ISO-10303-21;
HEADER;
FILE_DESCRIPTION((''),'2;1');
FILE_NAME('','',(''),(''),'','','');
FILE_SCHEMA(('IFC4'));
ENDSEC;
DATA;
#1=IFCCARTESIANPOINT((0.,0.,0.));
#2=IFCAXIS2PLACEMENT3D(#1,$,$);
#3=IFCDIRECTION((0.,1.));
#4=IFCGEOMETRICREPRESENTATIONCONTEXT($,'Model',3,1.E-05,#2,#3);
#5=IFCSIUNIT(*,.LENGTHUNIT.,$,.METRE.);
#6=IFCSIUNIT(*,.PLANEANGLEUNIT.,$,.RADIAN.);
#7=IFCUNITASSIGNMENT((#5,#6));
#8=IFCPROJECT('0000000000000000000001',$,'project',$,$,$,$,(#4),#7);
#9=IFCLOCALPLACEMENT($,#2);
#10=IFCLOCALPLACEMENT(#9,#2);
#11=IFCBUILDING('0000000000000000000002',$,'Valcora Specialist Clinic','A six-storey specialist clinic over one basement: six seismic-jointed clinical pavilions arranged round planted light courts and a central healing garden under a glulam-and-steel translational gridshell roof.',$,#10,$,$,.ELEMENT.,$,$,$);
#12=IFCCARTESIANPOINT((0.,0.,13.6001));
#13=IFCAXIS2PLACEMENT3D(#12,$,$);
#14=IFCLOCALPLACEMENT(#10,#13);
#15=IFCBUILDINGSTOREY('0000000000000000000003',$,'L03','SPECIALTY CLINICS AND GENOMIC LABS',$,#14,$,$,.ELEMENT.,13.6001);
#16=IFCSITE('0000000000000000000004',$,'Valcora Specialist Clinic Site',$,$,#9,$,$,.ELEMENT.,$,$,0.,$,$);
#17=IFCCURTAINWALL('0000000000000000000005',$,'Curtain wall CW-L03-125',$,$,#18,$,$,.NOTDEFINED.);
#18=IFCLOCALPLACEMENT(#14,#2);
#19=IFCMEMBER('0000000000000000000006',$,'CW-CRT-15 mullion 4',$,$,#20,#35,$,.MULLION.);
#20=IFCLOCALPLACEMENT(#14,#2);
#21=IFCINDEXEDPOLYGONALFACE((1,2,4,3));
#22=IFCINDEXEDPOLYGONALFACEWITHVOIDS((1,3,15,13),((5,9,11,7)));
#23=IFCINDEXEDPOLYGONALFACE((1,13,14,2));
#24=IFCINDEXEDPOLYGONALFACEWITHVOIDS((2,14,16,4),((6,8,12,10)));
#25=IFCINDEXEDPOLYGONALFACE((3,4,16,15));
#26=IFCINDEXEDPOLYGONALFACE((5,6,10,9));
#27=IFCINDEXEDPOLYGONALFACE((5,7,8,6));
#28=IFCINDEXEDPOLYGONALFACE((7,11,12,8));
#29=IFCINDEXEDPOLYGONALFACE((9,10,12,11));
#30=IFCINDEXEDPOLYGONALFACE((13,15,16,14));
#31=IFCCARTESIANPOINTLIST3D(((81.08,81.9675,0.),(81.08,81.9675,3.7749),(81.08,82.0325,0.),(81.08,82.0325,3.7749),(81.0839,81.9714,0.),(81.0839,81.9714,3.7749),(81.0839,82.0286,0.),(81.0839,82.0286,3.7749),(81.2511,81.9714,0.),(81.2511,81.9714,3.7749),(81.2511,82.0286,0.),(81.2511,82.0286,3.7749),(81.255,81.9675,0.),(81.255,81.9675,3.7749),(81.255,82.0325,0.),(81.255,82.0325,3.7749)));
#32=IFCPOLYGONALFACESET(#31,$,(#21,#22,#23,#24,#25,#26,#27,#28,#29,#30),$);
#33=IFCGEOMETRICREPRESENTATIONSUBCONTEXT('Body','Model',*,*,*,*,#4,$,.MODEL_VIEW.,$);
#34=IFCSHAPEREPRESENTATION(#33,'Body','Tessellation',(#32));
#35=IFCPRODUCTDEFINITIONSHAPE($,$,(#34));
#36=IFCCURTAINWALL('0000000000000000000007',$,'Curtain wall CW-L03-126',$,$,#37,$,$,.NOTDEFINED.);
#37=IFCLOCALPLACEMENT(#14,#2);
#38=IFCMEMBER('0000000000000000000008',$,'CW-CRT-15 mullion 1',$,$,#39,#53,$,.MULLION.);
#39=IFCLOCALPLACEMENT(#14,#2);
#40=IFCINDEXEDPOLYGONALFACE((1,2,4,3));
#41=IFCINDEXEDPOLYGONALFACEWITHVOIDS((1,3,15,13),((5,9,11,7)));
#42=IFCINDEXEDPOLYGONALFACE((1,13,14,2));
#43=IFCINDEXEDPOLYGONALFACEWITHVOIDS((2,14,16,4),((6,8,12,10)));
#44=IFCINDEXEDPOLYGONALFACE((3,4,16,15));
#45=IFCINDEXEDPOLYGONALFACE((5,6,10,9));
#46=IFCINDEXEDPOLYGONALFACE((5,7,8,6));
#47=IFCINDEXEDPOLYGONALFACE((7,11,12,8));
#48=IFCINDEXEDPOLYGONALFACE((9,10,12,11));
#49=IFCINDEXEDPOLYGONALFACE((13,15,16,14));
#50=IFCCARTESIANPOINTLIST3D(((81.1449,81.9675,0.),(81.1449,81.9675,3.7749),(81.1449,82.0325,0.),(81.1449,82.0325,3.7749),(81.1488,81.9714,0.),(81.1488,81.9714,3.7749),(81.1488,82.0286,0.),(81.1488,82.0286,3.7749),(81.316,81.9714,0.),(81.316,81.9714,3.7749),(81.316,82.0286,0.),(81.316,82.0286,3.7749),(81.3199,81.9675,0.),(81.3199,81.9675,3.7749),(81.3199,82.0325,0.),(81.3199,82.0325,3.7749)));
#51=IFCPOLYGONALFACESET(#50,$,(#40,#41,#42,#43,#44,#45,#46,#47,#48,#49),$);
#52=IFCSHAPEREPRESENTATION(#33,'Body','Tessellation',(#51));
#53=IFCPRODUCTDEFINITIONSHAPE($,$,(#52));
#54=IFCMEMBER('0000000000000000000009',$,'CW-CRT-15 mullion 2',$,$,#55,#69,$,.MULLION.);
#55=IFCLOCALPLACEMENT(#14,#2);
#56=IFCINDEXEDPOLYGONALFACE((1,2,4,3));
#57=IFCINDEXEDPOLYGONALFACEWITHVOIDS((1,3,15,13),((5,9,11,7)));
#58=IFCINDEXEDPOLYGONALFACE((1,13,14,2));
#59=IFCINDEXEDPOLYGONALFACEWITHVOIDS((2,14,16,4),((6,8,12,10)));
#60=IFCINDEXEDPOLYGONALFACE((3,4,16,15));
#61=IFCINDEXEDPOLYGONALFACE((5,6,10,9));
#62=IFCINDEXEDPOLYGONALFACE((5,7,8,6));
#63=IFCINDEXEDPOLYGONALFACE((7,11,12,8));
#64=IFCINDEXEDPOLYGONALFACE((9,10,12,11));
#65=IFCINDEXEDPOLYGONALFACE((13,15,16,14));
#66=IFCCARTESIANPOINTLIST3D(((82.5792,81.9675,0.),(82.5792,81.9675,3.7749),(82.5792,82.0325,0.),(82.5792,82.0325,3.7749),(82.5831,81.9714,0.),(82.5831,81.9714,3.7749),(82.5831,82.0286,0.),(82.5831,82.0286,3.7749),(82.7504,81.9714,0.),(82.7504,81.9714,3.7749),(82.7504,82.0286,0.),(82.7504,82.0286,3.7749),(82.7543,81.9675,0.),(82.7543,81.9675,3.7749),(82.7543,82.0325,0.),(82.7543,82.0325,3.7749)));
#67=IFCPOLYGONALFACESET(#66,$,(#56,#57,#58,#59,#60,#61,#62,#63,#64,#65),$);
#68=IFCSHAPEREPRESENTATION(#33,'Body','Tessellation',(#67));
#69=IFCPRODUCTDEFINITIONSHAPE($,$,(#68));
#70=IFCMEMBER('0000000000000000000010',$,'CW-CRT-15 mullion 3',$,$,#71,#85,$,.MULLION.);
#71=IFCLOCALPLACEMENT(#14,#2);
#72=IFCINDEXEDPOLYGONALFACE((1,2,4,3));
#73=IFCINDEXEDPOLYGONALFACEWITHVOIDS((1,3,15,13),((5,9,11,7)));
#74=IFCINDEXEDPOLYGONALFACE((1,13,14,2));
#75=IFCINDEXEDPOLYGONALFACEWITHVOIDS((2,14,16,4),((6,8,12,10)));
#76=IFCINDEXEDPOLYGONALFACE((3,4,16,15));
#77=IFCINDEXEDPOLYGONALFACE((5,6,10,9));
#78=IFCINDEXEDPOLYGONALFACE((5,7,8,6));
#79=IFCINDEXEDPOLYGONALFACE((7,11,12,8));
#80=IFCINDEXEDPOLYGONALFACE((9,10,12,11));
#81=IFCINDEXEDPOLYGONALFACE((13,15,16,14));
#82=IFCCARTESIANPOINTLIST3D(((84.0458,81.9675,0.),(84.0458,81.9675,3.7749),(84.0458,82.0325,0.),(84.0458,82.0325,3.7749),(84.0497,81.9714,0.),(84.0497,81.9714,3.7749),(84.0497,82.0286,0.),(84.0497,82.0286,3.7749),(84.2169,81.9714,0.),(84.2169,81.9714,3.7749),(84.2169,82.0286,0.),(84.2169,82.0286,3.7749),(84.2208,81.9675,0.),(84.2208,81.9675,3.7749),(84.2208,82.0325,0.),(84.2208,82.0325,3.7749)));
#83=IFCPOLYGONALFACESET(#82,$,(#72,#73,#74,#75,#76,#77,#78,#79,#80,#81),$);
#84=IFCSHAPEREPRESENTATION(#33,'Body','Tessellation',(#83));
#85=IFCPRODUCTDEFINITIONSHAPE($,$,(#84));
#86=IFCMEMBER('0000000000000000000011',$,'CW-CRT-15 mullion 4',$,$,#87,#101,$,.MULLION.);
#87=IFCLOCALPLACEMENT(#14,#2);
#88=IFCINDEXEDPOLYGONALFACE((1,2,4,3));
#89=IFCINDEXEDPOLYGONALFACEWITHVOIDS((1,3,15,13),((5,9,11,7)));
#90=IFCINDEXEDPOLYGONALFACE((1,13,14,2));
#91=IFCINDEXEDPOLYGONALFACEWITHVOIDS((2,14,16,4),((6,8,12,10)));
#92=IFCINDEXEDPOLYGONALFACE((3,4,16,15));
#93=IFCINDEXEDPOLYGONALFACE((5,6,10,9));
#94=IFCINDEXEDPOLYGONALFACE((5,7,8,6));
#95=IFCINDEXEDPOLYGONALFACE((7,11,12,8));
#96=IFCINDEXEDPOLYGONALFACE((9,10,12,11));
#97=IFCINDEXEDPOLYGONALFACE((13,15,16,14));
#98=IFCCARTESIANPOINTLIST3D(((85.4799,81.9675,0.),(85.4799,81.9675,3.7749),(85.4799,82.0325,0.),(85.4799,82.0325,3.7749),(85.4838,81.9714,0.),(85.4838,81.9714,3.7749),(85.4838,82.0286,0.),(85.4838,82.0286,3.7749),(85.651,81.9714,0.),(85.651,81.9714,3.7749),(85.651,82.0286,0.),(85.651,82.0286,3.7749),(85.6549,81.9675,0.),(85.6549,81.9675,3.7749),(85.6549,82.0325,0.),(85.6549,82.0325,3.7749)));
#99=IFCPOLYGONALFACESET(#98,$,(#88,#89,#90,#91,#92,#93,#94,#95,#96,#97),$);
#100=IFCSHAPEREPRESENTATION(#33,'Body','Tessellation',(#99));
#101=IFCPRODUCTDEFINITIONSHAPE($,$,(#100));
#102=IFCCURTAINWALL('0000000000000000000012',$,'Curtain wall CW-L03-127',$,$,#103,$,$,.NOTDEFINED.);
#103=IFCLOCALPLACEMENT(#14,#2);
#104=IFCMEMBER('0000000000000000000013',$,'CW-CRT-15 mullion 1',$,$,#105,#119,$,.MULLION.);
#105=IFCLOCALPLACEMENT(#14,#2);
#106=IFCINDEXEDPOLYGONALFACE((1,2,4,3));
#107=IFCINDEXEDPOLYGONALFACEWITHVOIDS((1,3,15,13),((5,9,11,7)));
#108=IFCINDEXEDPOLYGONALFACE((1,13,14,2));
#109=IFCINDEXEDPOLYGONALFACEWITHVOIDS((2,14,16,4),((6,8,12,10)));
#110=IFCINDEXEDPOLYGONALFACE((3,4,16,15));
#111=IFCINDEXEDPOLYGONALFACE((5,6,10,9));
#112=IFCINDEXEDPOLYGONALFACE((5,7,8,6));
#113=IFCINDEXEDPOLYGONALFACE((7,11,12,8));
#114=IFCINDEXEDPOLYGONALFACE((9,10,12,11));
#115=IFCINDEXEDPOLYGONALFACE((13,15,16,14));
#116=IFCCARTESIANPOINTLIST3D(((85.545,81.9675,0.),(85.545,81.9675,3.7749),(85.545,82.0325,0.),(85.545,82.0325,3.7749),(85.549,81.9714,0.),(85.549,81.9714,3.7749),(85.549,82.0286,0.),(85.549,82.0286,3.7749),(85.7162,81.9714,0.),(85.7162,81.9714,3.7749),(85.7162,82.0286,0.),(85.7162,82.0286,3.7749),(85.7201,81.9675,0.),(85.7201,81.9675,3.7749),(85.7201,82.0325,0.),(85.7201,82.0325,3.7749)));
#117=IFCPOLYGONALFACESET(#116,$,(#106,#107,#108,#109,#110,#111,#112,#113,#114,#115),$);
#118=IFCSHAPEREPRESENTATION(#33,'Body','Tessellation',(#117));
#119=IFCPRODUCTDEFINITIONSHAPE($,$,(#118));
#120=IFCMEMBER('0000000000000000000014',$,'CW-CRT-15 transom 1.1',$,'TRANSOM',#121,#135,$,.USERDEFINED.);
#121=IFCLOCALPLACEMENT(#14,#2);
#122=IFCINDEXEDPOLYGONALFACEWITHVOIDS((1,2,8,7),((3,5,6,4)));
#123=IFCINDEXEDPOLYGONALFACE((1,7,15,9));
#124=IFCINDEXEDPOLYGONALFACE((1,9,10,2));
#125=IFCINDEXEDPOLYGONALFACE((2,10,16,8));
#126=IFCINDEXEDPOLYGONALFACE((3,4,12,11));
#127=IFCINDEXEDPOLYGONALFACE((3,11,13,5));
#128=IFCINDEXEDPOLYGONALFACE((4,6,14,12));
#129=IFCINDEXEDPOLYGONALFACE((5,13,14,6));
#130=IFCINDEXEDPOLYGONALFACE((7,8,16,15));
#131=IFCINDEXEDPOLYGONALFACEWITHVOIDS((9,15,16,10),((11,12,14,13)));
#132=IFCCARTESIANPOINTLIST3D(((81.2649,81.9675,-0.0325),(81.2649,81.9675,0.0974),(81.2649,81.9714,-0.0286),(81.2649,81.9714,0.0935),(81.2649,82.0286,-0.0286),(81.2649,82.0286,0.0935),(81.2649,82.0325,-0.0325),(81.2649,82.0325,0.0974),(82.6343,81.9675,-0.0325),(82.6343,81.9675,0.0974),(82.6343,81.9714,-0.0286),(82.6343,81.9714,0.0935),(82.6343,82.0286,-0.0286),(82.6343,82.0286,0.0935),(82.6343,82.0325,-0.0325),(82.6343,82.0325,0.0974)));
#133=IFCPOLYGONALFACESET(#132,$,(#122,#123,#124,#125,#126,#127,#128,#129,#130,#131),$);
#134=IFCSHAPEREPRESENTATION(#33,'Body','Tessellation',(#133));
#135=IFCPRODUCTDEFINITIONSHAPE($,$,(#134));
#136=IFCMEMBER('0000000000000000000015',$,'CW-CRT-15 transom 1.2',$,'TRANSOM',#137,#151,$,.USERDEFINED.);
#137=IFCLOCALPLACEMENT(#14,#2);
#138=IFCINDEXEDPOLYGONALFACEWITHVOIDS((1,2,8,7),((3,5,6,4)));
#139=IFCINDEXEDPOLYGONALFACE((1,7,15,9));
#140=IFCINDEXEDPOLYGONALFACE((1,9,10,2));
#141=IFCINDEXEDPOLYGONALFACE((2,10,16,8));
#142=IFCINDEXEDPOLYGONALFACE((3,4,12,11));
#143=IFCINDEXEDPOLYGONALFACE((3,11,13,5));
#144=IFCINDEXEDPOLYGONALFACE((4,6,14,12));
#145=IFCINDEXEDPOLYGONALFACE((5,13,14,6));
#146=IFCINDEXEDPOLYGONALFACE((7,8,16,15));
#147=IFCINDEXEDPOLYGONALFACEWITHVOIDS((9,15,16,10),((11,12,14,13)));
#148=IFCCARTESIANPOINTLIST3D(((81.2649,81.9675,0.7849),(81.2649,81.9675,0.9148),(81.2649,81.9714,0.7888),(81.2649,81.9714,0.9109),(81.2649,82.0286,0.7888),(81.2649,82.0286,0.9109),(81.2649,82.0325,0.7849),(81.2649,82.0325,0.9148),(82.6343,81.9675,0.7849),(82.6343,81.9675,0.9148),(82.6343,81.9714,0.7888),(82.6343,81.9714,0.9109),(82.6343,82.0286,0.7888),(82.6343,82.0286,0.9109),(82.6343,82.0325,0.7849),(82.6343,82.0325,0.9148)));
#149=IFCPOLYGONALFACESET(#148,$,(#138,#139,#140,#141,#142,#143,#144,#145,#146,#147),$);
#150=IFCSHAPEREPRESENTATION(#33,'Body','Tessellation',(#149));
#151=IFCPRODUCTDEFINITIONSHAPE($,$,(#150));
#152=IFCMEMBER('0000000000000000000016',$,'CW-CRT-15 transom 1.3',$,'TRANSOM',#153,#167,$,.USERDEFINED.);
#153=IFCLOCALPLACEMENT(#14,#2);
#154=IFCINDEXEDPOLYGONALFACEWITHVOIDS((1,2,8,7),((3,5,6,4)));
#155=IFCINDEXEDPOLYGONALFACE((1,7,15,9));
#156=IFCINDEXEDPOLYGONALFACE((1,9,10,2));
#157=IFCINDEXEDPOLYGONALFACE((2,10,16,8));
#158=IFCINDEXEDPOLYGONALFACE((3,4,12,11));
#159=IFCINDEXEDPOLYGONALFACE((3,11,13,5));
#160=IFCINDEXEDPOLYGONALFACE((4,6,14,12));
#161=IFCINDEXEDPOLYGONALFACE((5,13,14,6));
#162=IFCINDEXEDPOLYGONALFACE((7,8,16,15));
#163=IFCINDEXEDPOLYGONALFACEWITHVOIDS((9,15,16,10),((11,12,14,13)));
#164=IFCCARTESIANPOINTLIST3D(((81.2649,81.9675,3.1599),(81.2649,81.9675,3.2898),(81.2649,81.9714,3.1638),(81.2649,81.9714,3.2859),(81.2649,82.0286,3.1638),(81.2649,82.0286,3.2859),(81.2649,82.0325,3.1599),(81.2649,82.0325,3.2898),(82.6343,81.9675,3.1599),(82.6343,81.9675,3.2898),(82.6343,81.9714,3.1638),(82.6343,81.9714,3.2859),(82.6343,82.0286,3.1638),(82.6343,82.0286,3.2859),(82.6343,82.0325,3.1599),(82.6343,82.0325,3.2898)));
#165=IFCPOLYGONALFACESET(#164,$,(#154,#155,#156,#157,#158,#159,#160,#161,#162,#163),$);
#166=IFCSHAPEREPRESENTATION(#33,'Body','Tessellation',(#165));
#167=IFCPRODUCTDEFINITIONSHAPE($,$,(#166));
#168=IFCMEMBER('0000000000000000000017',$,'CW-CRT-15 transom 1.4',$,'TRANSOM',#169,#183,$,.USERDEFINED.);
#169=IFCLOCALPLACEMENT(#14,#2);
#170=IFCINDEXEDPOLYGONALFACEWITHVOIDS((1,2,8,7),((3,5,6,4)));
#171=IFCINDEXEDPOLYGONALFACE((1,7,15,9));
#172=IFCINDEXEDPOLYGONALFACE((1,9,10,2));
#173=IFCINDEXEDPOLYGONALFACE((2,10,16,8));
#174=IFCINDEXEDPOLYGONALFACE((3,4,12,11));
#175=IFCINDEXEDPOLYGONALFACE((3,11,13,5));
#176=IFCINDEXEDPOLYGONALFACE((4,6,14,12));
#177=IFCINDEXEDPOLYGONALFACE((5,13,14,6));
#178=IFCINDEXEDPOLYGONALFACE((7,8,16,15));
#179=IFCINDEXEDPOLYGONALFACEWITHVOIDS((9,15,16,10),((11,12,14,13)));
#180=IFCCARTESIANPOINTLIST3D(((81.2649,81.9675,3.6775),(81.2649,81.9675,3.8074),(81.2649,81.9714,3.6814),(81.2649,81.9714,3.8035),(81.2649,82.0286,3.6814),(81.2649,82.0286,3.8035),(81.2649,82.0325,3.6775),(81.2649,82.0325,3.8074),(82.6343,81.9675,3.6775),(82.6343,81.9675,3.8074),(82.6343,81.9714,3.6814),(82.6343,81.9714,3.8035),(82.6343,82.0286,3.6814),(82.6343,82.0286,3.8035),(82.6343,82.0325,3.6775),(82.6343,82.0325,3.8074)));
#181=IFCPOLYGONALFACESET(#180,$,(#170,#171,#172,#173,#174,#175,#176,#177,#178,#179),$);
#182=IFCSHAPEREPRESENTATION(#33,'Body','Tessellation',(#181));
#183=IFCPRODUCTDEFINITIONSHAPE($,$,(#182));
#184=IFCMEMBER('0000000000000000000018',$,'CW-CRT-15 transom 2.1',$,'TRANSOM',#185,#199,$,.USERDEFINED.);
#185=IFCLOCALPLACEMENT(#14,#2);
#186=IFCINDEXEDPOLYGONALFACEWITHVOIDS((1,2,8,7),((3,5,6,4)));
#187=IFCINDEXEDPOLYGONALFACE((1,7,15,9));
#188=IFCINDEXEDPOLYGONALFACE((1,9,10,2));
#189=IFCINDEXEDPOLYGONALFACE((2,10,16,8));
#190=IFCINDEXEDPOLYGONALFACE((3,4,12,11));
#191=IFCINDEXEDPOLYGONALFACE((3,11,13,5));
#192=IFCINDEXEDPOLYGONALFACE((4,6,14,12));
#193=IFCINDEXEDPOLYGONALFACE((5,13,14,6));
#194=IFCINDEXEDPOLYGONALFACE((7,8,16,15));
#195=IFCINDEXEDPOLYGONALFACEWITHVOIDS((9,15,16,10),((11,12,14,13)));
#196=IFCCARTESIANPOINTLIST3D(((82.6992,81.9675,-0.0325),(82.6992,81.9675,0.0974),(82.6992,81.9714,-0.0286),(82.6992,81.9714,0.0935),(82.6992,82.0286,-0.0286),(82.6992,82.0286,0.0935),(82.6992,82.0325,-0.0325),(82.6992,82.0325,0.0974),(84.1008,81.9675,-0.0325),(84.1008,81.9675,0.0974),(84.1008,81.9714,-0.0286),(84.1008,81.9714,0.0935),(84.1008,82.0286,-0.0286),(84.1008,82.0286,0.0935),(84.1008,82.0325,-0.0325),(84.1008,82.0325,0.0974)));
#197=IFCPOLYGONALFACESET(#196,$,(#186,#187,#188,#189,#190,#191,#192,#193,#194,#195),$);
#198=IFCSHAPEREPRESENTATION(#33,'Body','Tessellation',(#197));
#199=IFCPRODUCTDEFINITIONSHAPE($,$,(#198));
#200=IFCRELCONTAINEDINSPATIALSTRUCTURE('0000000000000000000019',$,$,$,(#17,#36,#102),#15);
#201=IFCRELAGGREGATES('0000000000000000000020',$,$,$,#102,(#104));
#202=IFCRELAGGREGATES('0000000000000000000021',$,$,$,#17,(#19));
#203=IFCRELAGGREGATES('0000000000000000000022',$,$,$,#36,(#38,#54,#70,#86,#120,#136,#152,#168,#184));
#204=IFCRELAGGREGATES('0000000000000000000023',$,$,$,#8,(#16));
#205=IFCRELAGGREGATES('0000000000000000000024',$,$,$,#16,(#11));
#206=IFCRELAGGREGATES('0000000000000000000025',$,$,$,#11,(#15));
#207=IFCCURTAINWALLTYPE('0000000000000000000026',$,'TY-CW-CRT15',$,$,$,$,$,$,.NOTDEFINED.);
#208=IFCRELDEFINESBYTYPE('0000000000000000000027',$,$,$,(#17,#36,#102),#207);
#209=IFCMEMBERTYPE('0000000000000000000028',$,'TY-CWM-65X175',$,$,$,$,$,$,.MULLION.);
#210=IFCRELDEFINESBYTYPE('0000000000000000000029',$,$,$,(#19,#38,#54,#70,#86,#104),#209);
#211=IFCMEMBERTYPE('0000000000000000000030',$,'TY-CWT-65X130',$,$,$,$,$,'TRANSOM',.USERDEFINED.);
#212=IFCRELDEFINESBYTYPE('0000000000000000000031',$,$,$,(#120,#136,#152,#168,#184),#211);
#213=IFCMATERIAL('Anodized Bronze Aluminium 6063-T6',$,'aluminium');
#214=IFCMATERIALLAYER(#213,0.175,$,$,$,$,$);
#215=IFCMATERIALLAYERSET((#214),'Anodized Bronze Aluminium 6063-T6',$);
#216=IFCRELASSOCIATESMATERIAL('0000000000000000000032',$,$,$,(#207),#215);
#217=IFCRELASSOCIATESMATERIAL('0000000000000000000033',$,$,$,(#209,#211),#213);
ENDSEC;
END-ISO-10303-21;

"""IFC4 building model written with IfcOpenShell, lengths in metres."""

from ifc_helpers import new_model, si_unit, direction, frame, origin, origin_2d, place, context, subcontext, project, spatial, hollow_rectangle, extrude, material, layer, layer_set, material_profile, profile_set, type_object, element, aggregate, save


model = new_model("IFC4")

# Units and contexts
model_context = context("Model", 3, precision=1e-05, world=origin(), true_north=direction((0.0, 1.0)))
body_context = subcontext(model_context, "Body", "Model", "MODEL_VIEW")
ifc_project = project(units=[si_unit("LENGTHUNIT", "METRE"), si_unit("PLANEANGLEUNIT", "RADIAN")], contexts=[model_context])

# Site, building, storey
site_placement = place(None, origin())
site = spatial("IfcSite", under=ifc_project, at=site_placement, Name="Valcora Specialist Clinic Site", CompositionType="ELEMENT", RefElevation=0.0)
building_placement = place(site_placement, origin())
building = spatial("IfcBuilding", under=site, at=building_placement, Name="Valcora Specialist Clinic", Description="A six-storey specialist clinic over one basement: six seismic-jointed clinical pavilions arranged round planted light courts and a central healing garden under a glulam-and-steel translational gridshell roof.", CompositionType="ELEMENT")
storey_placement = place(building_placement, frame((0.0, 0.0, 13.6001)))
storey = spatial("IfcBuildingStorey", under=building, at=storey_placement, Name="L03", Description="SPECIALTY CLINICS AND GENOMIC LABS", CompositionType="ELEMENT", Elevation=13.6001)

# Curtain wall, member
ifc_material_1 = material(Name="Anodized Bronze Aluminium 6063-T6", Category="aluminium")
ifc_layer_1 = layer(ifc_material_1, 0.175)
ifc_layer_set_1 = layer_set([ifc_layer_1], Name="Anodized Bronze Aluminium 6063-T6")
curtain_wall_type = type_object("IfcCurtainWallType", Name="TY-CW-CRT15", PredefinedType="NOTDEFINED", material=ifc_layer_set_1)
curtain_wall_1_placement = place(storey_placement, origin())
curtain_wall_1 = element("IfcCurtainWall", 1, at=curtain_wall_1_placement, inside=storey, type_object=curtain_wall_type, Name="Curtain wall CW-L03-125", PredefinedType="NOTDEFINED")
ifc_material_profile_1 = material_profile(ifc_material_1, hollow_rectangle(XDim=0.0649, YDim=0.175, WallThickness=0.0039, at=origin_2d()), Name="AL-MUL-65X175")
ifc_profile_set_1 = profile_set([ifc_material_profile_1], Name="Anodized Bronze Aluminium 6063-T6")
member_type_1 = type_object("IfcMemberType", Name="TY-CWM-65X175", PredefinedType="MULLION", material=ifc_profile_set_1)
member_1_placement = place(storey_placement, frame((81.1675, 82.0, 0.0), z_axis=(0.0, 0.0, 1.0), x_axis=(0.0, 1.0, 0.0)))
member_1 = element("IfcMember", 2, at=member_1_placement, type_object=member_type_1, Name="CW-CRT-15 mullion 4", PredefinedType="MULLION", context=body_context, shape_type="SweptSolid", body=[
    extrude(hollow_rectangle(XDim=0.0649, YDim=0.175, WallThickness=0.0039, at=origin_2d()), origin(), (0.0, 0.0, 1.0), 3.7749),
])

# Curtain wall, members
curtain_wall_2_placement = place(storey_placement, origin())
curtain_wall_2 = element("IfcCurtainWall", 3, at=curtain_wall_2_placement, inside=storey, type_object=curtain_wall_type, Name="Curtain wall CW-L03-126", PredefinedType="NOTDEFINED")
member_2_placement = place(storey_placement, frame((81.2324, 82.0, 0.0), z_axis=(0.0, 0.0, 1.0), x_axis=(0.0, 1.0, 0.0)))
member_2 = element("IfcMember", 4, at=member_2_placement, type_object=member_type_1, Name="CW-CRT-15 mullion 1", PredefinedType="MULLION", context=body_context, shape_type="SweptSolid", body=[
    extrude(hollow_rectangle(XDim=0.0649, YDim=0.175, WallThickness=0.0039, at=origin_2d()), origin(), (0.0, 0.0, 1.0), 3.7749),
])
member_3_placement = place(storey_placement, frame((82.6667, 82.0, 0.0), z_axis=(0.0, 0.0, 1.0), x_axis=(0.0, 1.0, 0.0)))
member_3 = element("IfcMember", 5, at=member_3_placement, type_object=member_type_1, Name="CW-CRT-15 mullion 2", PredefinedType="MULLION", context=body_context, shape_type="SweptSolid", body=[
    extrude(hollow_rectangle(XDim=0.0649, YDim=0.175, WallThickness=0.0039, at=origin_2d()), origin(), (0.0, 0.0, 1.0), 3.7749),
])
member_4_placement = place(storey_placement, frame((84.1333, 82.0, 0.0), z_axis=(0.0, 0.0, 1.0), x_axis=(0.0, 1.0, 0.0)))
member_4 = element("IfcMember", 6, at=member_4_placement, type_object=member_type_1, Name="CW-CRT-15 mullion 3", PredefinedType="MULLION", context=body_context, shape_type="SweptSolid", body=[
    extrude(hollow_rectangle(XDim=0.0649, YDim=0.175, WallThickness=0.0039, at=origin_2d()), origin(), (0.0, 0.0, 1.0), 3.7749),
])
member_5_placement = place(storey_placement, frame((85.5674, 82.0, 0.0), z_axis=(0.0, 0.0, 1.0), x_axis=(0.0, 1.0, 0.0)))
member_5 = element("IfcMember", 7, at=member_5_placement, type_object=member_type_1, Name="CW-CRT-15 mullion 4", PredefinedType="MULLION", context=body_context, shape_type="SweptSolid", body=[
    extrude(hollow_rectangle(XDim=0.0649, YDim=0.175, WallThickness=0.0039, at=origin_2d()), origin(), (0.0, 0.0, 1.0), 3.7749),
])

# Curtain wall, member
curtain_wall_3_placement = place(storey_placement, origin())
curtain_wall_3 = element("IfcCurtainWall", 8, at=curtain_wall_3_placement, inside=storey, type_object=curtain_wall_type, Name="Curtain wall CW-L03-127", PredefinedType="NOTDEFINED")
member_6_placement = place(storey_placement, frame((85.6326, 82.0, 0.0), z_axis=(0.0, 0.0, 1.0), x_axis=(0.0, 1.0, 0.0)))
member_6 = element("IfcMember", 9, at=member_6_placement, type_object=member_type_1, Name="CW-CRT-15 mullion 1", PredefinedType="MULLION", context=body_context, shape_type="SweptSolid", body=[
    extrude(hollow_rectangle(XDim=0.0649, YDim=0.175, WallThickness=0.0039, at=origin_2d()), origin(), (0.0, 0.0, 1.0), 3.7749),
])
aggregate(curtain_wall_3, [member_6])

# Members
ifc_material_profile_2 = material_profile(ifc_material_1, hollow_rectangle(XDim=0.0649, YDim=0.1299, WallThickness=0.0039, at=origin_2d()), Name="AL-TRN-65X130")
ifc_profile_set_2 = profile_set([ifc_material_profile_2], Name="Anodized Bronze Aluminium 6063-T6")
member_type_2 = type_object("IfcMemberType", Name="TY-CWT-65X130", ElementType="TRANSOM", PredefinedType="USERDEFINED", material=ifc_profile_set_2)
member_7_placement = place(storey_placement, frame((81.2649, 82.0, 0.0325), z_axis=(1.0, 0.0, 0.0), x_axis=(0.0, 1.0, 0.0)))
member_7 = element("IfcMember", 10, at=member_7_placement, type_object=member_type_2, Name="CW-CRT-15 transom 1.1", ObjectType="TRANSOM", PredefinedType="USERDEFINED", context=body_context, shape_type="SweptSolid", body=[
    extrude(hollow_rectangle(XDim=0.0649, YDim=0.1299, WallThickness=0.0039, at=origin_2d()), origin(), (0.0, 0.0, 1.0), 1.3694),
])
member_8_placement = place(storey_placement, frame((81.2649, 82.0, 0.8499), z_axis=(1.0, 0.0, 0.0), x_axis=(0.0, 1.0, 0.0)))
member_8 = element("IfcMember", 11, at=member_8_placement, type_object=member_type_2, Name="CW-CRT-15 transom 1.2", ObjectType="TRANSOM", PredefinedType="USERDEFINED", context=body_context, shape_type="SweptSolid", body=[
    extrude(hollow_rectangle(XDim=0.0649, YDim=0.1299, WallThickness=0.0039, at=origin_2d()), origin(), (0.0, 0.0, 1.0), 1.3694),
])
member_9_placement = place(storey_placement, frame((81.2649, 82.0, 3.2249), z_axis=(1.0, 0.0, 0.0), x_axis=(0.0, 1.0, 0.0)))
member_9 = element("IfcMember", 12, at=member_9_placement, type_object=member_type_2, Name="CW-CRT-15 transom 1.3", ObjectType="TRANSOM", PredefinedType="USERDEFINED", context=body_context, shape_type="SweptSolid", body=[
    extrude(hollow_rectangle(XDim=0.0649, YDim=0.1299, WallThickness=0.0039, at=origin_2d()), origin(), (0.0, 0.0, 1.0), 1.3694),
])
member_10_placement = place(storey_placement, frame((81.2649, 82.0, 3.7424), z_axis=(1.0, 0.0, 0.0), x_axis=(0.0, 1.0, 0.0)))
member_10 = element("IfcMember", 13, at=member_10_placement, type_object=member_type_2, Name="CW-CRT-15 transom 1.4", ObjectType="TRANSOM", PredefinedType="USERDEFINED", context=body_context, shape_type="SweptSolid", body=[
    extrude(hollow_rectangle(XDim=0.0649, YDim=0.1299, WallThickness=0.0039, at=origin_2d()), origin(), (0.0, 0.0, 1.0), 1.3694),
])
member_11_placement = place(storey_placement, frame((82.6992, 82.0, 0.0325), z_axis=(1.0, 0.0, 0.0), x_axis=(0.0, 1.0, 0.0)))
member_11 = element("IfcMember", 14, at=member_11_placement, type_object=member_type_2, Name="CW-CRT-15 transom 2.1", ObjectType="TRANSOM", PredefinedType="USERDEFINED", context=body_context, shape_type="SweptSolid", body=[
    extrude(hollow_rectangle(XDim=0.0649, YDim=0.1299, WallThickness=0.0039, at=origin_2d()), origin(), (0.0, 0.0, 1.0), 1.4016),
])

aggregate(curtain_wall_1, [member_1])
aggregate(curtain_wall_2, [member_2, member_3, member_4, member_5, member_7, member_8, member_9, member_10, member_11])

save(model, "model.ifc")
